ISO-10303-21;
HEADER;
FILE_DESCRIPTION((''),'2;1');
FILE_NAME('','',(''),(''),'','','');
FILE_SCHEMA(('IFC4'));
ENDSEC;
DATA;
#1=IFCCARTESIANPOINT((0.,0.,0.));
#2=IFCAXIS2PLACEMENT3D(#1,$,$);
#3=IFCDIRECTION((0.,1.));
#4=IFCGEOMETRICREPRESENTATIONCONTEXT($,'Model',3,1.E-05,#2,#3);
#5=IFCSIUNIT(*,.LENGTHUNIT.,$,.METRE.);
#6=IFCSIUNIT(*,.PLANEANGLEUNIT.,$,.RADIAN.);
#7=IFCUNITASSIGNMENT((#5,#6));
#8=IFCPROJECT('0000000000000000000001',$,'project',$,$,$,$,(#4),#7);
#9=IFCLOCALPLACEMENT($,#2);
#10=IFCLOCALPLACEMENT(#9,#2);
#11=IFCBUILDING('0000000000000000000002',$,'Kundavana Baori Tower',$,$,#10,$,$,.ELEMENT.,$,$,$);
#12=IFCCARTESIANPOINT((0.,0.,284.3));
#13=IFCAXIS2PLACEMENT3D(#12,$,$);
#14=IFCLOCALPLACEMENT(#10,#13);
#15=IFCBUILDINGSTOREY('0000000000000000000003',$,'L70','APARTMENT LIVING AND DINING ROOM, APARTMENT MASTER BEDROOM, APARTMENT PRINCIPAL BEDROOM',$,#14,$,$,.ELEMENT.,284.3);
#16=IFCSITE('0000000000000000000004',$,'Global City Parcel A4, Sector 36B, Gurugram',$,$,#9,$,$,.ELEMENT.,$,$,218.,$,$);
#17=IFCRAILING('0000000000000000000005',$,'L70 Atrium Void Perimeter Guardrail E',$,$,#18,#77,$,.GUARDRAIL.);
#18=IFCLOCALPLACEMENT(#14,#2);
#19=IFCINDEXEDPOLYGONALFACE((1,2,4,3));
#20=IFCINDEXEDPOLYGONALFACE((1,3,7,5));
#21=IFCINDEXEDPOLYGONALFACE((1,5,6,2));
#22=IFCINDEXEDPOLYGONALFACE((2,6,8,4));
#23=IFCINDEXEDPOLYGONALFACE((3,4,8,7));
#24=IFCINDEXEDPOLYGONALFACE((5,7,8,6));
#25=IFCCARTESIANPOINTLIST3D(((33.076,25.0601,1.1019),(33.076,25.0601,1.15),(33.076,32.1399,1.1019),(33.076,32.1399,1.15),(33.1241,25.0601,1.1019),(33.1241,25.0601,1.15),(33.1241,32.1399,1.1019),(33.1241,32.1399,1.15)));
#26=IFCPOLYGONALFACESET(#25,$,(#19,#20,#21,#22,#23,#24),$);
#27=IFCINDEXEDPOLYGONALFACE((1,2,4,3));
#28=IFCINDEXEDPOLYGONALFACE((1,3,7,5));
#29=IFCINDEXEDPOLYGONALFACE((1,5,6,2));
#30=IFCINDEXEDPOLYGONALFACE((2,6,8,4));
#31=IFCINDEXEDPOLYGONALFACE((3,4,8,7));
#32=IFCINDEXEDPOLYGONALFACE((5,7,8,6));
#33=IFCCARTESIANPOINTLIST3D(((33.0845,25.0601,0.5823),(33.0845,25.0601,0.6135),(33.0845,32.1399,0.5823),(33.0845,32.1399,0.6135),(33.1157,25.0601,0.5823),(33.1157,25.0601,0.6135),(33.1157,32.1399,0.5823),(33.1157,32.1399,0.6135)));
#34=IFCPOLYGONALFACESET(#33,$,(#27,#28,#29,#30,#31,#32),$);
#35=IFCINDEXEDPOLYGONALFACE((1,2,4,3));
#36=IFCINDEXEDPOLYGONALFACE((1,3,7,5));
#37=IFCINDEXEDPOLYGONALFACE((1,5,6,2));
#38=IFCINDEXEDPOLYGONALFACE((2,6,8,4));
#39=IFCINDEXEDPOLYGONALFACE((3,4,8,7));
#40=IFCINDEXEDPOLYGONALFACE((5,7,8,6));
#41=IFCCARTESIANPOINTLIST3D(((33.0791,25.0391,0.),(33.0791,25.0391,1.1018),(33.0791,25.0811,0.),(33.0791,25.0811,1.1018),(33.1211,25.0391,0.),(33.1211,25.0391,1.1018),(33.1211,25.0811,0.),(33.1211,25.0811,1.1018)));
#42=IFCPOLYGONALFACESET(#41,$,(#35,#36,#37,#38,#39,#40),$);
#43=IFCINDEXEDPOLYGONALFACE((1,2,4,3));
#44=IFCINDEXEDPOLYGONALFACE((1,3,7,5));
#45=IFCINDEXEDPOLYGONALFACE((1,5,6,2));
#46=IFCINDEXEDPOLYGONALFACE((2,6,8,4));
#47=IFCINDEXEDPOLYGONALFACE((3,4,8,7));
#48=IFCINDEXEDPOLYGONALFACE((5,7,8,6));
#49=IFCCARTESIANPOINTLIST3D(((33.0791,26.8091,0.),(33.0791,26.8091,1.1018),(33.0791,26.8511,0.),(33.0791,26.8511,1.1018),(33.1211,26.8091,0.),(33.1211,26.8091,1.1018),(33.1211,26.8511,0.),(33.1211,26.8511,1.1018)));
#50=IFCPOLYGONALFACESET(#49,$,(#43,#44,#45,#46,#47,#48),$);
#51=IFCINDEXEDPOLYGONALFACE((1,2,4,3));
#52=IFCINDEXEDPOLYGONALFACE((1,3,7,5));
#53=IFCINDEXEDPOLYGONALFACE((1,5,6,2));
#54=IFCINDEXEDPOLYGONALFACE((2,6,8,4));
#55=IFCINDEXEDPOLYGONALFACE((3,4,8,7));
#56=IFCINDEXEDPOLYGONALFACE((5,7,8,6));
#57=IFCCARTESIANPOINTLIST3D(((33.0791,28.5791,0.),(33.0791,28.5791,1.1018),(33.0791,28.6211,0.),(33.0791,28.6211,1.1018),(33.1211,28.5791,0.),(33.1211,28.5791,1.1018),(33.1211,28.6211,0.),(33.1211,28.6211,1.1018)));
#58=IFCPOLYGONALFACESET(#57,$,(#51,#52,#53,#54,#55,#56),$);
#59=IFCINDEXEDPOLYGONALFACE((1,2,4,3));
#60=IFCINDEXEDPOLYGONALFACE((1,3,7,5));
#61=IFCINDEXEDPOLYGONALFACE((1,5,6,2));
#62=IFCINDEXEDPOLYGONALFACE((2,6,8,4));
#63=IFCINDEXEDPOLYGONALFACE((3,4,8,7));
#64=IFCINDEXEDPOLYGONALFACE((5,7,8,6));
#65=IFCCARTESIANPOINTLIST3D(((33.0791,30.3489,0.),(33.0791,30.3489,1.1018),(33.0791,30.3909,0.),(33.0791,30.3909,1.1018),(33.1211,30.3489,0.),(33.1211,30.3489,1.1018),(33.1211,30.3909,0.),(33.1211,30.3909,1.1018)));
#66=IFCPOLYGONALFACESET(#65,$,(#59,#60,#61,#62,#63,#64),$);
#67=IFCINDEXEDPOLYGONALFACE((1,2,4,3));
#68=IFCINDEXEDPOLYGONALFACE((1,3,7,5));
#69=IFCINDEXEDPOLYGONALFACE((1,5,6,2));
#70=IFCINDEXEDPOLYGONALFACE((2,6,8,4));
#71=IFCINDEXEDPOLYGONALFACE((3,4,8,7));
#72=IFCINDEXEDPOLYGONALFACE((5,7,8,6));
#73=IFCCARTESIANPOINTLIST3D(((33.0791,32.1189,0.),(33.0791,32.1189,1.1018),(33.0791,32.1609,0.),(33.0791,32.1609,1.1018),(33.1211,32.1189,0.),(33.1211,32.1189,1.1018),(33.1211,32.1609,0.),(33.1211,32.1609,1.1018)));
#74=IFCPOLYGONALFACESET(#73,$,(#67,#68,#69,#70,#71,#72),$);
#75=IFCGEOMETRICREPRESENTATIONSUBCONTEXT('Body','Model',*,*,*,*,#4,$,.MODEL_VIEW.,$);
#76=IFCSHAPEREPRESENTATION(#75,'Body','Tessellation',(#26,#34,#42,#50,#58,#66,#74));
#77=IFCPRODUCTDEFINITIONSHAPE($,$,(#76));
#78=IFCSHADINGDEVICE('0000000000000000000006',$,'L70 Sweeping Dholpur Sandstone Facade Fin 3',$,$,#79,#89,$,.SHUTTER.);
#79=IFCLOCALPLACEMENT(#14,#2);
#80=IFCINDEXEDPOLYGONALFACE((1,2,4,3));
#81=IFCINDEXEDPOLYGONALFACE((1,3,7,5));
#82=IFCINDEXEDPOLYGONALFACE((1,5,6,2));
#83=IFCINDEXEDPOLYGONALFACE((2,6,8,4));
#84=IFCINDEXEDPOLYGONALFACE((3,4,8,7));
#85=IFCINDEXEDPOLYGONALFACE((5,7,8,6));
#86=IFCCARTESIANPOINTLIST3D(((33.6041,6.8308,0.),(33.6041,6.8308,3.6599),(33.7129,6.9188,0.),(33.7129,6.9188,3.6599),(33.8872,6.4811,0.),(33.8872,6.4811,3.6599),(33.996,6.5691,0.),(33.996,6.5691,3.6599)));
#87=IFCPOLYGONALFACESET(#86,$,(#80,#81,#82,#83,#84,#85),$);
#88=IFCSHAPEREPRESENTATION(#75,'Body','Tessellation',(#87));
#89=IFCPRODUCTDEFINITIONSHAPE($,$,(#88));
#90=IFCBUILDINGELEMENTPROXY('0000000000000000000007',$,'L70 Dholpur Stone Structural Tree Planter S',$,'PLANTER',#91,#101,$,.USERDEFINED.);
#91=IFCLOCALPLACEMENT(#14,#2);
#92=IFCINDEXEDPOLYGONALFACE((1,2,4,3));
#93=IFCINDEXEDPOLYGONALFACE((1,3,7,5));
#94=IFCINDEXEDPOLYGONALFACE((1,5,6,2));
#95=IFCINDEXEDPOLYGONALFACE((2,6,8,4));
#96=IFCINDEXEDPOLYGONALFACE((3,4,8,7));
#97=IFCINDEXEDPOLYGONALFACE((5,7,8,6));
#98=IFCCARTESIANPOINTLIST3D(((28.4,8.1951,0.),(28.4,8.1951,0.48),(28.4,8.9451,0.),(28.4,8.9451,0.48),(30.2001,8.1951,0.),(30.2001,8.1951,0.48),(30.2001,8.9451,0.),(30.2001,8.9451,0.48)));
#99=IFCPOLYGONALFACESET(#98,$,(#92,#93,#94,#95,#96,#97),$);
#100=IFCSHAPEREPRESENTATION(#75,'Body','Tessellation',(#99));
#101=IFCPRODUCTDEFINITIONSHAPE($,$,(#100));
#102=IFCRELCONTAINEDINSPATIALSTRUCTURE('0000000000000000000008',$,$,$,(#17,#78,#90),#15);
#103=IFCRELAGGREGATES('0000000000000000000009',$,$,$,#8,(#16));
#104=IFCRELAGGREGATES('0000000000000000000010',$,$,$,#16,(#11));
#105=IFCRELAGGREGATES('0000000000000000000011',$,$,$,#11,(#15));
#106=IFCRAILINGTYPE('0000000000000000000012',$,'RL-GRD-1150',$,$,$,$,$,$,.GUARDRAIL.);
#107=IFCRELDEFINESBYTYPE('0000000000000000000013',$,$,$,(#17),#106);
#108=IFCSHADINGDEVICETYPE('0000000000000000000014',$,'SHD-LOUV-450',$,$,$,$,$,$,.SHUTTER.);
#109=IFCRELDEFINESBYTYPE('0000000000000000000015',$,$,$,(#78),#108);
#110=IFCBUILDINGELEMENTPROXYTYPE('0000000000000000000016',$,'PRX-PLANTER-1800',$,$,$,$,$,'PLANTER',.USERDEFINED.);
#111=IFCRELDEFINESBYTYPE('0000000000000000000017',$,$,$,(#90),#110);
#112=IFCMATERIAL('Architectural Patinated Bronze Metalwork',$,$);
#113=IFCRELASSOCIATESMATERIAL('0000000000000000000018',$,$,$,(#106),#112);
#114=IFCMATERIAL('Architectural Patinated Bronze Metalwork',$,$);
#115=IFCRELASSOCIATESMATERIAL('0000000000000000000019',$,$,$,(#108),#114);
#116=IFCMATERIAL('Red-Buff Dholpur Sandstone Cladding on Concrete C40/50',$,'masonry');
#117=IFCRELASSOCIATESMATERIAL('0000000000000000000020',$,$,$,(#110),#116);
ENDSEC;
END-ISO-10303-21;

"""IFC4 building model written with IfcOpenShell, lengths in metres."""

from ifc_helpers import new_model, si_unit, direction, frame, origin, origin_2d, place, context, subcontext, project, spatial, rectangle, extrude, material, type_object, element, save


model = new_model("IFC4")

# Units and contexts
model_context = context("Model", 3, precision=1e-05, world=origin(), true_north=direction((0.0, 1.0)))
body_context = subcontext(model_context, "Body", "Model", "MODEL_VIEW")
ifc_project = project(units=[si_unit("LENGTHUNIT", "METRE"), si_unit("PLANEANGLEUNIT", "RADIAN")], contexts=[model_context])

# Site, building, storey
site_placement = place(None, origin())
site = spatial("IfcSite", under=ifc_project, at=site_placement, Name="Global City Parcel A4, Sector 36B, Gurugram", CompositionType="ELEMENT", RefElevation=218.0)
building_placement = place(site_placement, origin())
building = spatial("IfcBuilding", under=site, at=building_placement, Name="Kundavana Baori Tower", CompositionType="ELEMENT")
storey_placement = place(building_placement, frame((0.0, 0.0, 284.3)))
storey = spatial("IfcBuildingStorey", under=building, at=storey_placement, Name="L70", Description="APARTMENT LIVING AND DINING ROOM, APARTMENT MASTER BEDROOM, APARTMENT PRINCIPAL BEDROOM", CompositionType="ELEMENT", Elevation=284.3)

# Railing
ifc_material_1 = material(Name="Architectural Patinated Bronze Metalwork")
railing_type = type_object("IfcRailingType", Name="RL-GRD-1150", PredefinedType="GUARDRAIL", material=ifc_material_1)
railing_1_placement = place(storey_placement, frame((33.1001, 25.0601, 0.0)))
element("IfcRailing", 1, at=railing_1_placement, inside=storey, type_object=railing_type, Name="L70 Atrium Void Perimeter Guardrail E", PredefinedType="GUARDRAIL", context=body_context, shape_type="SweptSolid", body=[
    extrude(rectangle(XDim=0.0481, YDim=0.0481, at=origin_2d()), frame((0.0, 0.0, 1.126), z_axis=(0.0, 1.0, 0.0), x_axis=(-1.0, 0.0, 0.0)), (0.0, 0.0, 1.0), 7.0798),
    extrude(rectangle(XDim=0.0312, YDim=0.0312, at=origin_2d()), frame((0.0, 0.0, 0.5979), z_axis=(0.0, 1.0, 0.0), x_axis=(-1.0, 0.0, 0.0)), (0.0, 0.0, 1.0), 7.0798),
    extrude(rectangle(XDim=0.042, YDim=0.042, at=origin_2d()), origin(), (0.0, 0.0, 1.0), 1.1018),
    extrude(rectangle(XDim=0.042, YDim=0.042, at=origin_2d()), frame((0.0, 1.77, 0.0)), (0.0, 0.0, 1.0), 1.1018),
    extrude(rectangle(XDim=0.042, YDim=0.042, at=origin_2d()), frame((0.0, 3.54, 0.0)), (0.0, 0.0, 1.0), 1.1018),
    extrude(rectangle(XDim=0.042, YDim=0.042, at=origin_2d()), frame((0.0, 5.3098, 0.0)), (0.0, 0.0, 1.0), 1.1018),
    extrude(rectangle(XDim=0.042, YDim=0.042, at=origin_2d()), frame((0.0, 7.0798, 0.0)), (0.0, 0.0, 1.0), 1.1018),
])

# Shading device
ifc_material_2 = material(Name="Architectural Patinated Bronze Metalwork")
shading_device_type = type_object("IfcShadingDeviceType", Name="SHD-LOUV-450", PredefinedType="SHUTTER", material=ifc_material_2)
shading_device_placement = place(storey_placement, frame((33.8, 6.7, 0.0), z_axis=(0.0, 0.0, 1.0), x_axis=(0.777256, 0.629185, 0.0)))
element("IfcShadingDevice", 2, at=shading_device_placement, inside=storey, type_object=shading_device_type, Name="L70 Sweeping Dholpur Sandstone Facade Fin 3", PredefinedType="SHUTTER", context=body_context, shape_type="SweptSolid", body=[
    extrude(rectangle(XDim=0.1399, YDim=0.45, at=origin_2d()), origin(), (0.0, 0.0, 1.0), 3.6599),
])

# Building element proxy
ifc_material_3 = material(Name="Red-Buff Dholpur Sandstone Cladding on Concrete C40/50", Category="masonry")
building_element_proxy_type = type_object("IfcBuildingElementProxyType", Name="PRX-PLANTER-1800", ElementType="PLANTER", PredefinedType="USERDEFINED", material=ifc_material_3)
proxy_placement = place(storey_placement, frame((29.3, 8.5701, 0.0), z_axis=(0.0, 0.0, 1.0), x_axis=(1.0, 0.0, 0.0)))
element("IfcBuildingElementProxy", 3, at=proxy_placement, inside=storey, type_object=building_element_proxy_type, Name="L70 Dholpur Stone Structural Tree Planter S", ObjectType="PLANTER", PredefinedType="USERDEFINED", context=body_context, shape_type="SweptSolid", body=[
    extrude(rectangle(XDim=1.8, YDim=0.75, at=origin_2d()), origin(), (0.0, 0.0, 1.0), 0.48),
])

save(model, "model.ifc")
